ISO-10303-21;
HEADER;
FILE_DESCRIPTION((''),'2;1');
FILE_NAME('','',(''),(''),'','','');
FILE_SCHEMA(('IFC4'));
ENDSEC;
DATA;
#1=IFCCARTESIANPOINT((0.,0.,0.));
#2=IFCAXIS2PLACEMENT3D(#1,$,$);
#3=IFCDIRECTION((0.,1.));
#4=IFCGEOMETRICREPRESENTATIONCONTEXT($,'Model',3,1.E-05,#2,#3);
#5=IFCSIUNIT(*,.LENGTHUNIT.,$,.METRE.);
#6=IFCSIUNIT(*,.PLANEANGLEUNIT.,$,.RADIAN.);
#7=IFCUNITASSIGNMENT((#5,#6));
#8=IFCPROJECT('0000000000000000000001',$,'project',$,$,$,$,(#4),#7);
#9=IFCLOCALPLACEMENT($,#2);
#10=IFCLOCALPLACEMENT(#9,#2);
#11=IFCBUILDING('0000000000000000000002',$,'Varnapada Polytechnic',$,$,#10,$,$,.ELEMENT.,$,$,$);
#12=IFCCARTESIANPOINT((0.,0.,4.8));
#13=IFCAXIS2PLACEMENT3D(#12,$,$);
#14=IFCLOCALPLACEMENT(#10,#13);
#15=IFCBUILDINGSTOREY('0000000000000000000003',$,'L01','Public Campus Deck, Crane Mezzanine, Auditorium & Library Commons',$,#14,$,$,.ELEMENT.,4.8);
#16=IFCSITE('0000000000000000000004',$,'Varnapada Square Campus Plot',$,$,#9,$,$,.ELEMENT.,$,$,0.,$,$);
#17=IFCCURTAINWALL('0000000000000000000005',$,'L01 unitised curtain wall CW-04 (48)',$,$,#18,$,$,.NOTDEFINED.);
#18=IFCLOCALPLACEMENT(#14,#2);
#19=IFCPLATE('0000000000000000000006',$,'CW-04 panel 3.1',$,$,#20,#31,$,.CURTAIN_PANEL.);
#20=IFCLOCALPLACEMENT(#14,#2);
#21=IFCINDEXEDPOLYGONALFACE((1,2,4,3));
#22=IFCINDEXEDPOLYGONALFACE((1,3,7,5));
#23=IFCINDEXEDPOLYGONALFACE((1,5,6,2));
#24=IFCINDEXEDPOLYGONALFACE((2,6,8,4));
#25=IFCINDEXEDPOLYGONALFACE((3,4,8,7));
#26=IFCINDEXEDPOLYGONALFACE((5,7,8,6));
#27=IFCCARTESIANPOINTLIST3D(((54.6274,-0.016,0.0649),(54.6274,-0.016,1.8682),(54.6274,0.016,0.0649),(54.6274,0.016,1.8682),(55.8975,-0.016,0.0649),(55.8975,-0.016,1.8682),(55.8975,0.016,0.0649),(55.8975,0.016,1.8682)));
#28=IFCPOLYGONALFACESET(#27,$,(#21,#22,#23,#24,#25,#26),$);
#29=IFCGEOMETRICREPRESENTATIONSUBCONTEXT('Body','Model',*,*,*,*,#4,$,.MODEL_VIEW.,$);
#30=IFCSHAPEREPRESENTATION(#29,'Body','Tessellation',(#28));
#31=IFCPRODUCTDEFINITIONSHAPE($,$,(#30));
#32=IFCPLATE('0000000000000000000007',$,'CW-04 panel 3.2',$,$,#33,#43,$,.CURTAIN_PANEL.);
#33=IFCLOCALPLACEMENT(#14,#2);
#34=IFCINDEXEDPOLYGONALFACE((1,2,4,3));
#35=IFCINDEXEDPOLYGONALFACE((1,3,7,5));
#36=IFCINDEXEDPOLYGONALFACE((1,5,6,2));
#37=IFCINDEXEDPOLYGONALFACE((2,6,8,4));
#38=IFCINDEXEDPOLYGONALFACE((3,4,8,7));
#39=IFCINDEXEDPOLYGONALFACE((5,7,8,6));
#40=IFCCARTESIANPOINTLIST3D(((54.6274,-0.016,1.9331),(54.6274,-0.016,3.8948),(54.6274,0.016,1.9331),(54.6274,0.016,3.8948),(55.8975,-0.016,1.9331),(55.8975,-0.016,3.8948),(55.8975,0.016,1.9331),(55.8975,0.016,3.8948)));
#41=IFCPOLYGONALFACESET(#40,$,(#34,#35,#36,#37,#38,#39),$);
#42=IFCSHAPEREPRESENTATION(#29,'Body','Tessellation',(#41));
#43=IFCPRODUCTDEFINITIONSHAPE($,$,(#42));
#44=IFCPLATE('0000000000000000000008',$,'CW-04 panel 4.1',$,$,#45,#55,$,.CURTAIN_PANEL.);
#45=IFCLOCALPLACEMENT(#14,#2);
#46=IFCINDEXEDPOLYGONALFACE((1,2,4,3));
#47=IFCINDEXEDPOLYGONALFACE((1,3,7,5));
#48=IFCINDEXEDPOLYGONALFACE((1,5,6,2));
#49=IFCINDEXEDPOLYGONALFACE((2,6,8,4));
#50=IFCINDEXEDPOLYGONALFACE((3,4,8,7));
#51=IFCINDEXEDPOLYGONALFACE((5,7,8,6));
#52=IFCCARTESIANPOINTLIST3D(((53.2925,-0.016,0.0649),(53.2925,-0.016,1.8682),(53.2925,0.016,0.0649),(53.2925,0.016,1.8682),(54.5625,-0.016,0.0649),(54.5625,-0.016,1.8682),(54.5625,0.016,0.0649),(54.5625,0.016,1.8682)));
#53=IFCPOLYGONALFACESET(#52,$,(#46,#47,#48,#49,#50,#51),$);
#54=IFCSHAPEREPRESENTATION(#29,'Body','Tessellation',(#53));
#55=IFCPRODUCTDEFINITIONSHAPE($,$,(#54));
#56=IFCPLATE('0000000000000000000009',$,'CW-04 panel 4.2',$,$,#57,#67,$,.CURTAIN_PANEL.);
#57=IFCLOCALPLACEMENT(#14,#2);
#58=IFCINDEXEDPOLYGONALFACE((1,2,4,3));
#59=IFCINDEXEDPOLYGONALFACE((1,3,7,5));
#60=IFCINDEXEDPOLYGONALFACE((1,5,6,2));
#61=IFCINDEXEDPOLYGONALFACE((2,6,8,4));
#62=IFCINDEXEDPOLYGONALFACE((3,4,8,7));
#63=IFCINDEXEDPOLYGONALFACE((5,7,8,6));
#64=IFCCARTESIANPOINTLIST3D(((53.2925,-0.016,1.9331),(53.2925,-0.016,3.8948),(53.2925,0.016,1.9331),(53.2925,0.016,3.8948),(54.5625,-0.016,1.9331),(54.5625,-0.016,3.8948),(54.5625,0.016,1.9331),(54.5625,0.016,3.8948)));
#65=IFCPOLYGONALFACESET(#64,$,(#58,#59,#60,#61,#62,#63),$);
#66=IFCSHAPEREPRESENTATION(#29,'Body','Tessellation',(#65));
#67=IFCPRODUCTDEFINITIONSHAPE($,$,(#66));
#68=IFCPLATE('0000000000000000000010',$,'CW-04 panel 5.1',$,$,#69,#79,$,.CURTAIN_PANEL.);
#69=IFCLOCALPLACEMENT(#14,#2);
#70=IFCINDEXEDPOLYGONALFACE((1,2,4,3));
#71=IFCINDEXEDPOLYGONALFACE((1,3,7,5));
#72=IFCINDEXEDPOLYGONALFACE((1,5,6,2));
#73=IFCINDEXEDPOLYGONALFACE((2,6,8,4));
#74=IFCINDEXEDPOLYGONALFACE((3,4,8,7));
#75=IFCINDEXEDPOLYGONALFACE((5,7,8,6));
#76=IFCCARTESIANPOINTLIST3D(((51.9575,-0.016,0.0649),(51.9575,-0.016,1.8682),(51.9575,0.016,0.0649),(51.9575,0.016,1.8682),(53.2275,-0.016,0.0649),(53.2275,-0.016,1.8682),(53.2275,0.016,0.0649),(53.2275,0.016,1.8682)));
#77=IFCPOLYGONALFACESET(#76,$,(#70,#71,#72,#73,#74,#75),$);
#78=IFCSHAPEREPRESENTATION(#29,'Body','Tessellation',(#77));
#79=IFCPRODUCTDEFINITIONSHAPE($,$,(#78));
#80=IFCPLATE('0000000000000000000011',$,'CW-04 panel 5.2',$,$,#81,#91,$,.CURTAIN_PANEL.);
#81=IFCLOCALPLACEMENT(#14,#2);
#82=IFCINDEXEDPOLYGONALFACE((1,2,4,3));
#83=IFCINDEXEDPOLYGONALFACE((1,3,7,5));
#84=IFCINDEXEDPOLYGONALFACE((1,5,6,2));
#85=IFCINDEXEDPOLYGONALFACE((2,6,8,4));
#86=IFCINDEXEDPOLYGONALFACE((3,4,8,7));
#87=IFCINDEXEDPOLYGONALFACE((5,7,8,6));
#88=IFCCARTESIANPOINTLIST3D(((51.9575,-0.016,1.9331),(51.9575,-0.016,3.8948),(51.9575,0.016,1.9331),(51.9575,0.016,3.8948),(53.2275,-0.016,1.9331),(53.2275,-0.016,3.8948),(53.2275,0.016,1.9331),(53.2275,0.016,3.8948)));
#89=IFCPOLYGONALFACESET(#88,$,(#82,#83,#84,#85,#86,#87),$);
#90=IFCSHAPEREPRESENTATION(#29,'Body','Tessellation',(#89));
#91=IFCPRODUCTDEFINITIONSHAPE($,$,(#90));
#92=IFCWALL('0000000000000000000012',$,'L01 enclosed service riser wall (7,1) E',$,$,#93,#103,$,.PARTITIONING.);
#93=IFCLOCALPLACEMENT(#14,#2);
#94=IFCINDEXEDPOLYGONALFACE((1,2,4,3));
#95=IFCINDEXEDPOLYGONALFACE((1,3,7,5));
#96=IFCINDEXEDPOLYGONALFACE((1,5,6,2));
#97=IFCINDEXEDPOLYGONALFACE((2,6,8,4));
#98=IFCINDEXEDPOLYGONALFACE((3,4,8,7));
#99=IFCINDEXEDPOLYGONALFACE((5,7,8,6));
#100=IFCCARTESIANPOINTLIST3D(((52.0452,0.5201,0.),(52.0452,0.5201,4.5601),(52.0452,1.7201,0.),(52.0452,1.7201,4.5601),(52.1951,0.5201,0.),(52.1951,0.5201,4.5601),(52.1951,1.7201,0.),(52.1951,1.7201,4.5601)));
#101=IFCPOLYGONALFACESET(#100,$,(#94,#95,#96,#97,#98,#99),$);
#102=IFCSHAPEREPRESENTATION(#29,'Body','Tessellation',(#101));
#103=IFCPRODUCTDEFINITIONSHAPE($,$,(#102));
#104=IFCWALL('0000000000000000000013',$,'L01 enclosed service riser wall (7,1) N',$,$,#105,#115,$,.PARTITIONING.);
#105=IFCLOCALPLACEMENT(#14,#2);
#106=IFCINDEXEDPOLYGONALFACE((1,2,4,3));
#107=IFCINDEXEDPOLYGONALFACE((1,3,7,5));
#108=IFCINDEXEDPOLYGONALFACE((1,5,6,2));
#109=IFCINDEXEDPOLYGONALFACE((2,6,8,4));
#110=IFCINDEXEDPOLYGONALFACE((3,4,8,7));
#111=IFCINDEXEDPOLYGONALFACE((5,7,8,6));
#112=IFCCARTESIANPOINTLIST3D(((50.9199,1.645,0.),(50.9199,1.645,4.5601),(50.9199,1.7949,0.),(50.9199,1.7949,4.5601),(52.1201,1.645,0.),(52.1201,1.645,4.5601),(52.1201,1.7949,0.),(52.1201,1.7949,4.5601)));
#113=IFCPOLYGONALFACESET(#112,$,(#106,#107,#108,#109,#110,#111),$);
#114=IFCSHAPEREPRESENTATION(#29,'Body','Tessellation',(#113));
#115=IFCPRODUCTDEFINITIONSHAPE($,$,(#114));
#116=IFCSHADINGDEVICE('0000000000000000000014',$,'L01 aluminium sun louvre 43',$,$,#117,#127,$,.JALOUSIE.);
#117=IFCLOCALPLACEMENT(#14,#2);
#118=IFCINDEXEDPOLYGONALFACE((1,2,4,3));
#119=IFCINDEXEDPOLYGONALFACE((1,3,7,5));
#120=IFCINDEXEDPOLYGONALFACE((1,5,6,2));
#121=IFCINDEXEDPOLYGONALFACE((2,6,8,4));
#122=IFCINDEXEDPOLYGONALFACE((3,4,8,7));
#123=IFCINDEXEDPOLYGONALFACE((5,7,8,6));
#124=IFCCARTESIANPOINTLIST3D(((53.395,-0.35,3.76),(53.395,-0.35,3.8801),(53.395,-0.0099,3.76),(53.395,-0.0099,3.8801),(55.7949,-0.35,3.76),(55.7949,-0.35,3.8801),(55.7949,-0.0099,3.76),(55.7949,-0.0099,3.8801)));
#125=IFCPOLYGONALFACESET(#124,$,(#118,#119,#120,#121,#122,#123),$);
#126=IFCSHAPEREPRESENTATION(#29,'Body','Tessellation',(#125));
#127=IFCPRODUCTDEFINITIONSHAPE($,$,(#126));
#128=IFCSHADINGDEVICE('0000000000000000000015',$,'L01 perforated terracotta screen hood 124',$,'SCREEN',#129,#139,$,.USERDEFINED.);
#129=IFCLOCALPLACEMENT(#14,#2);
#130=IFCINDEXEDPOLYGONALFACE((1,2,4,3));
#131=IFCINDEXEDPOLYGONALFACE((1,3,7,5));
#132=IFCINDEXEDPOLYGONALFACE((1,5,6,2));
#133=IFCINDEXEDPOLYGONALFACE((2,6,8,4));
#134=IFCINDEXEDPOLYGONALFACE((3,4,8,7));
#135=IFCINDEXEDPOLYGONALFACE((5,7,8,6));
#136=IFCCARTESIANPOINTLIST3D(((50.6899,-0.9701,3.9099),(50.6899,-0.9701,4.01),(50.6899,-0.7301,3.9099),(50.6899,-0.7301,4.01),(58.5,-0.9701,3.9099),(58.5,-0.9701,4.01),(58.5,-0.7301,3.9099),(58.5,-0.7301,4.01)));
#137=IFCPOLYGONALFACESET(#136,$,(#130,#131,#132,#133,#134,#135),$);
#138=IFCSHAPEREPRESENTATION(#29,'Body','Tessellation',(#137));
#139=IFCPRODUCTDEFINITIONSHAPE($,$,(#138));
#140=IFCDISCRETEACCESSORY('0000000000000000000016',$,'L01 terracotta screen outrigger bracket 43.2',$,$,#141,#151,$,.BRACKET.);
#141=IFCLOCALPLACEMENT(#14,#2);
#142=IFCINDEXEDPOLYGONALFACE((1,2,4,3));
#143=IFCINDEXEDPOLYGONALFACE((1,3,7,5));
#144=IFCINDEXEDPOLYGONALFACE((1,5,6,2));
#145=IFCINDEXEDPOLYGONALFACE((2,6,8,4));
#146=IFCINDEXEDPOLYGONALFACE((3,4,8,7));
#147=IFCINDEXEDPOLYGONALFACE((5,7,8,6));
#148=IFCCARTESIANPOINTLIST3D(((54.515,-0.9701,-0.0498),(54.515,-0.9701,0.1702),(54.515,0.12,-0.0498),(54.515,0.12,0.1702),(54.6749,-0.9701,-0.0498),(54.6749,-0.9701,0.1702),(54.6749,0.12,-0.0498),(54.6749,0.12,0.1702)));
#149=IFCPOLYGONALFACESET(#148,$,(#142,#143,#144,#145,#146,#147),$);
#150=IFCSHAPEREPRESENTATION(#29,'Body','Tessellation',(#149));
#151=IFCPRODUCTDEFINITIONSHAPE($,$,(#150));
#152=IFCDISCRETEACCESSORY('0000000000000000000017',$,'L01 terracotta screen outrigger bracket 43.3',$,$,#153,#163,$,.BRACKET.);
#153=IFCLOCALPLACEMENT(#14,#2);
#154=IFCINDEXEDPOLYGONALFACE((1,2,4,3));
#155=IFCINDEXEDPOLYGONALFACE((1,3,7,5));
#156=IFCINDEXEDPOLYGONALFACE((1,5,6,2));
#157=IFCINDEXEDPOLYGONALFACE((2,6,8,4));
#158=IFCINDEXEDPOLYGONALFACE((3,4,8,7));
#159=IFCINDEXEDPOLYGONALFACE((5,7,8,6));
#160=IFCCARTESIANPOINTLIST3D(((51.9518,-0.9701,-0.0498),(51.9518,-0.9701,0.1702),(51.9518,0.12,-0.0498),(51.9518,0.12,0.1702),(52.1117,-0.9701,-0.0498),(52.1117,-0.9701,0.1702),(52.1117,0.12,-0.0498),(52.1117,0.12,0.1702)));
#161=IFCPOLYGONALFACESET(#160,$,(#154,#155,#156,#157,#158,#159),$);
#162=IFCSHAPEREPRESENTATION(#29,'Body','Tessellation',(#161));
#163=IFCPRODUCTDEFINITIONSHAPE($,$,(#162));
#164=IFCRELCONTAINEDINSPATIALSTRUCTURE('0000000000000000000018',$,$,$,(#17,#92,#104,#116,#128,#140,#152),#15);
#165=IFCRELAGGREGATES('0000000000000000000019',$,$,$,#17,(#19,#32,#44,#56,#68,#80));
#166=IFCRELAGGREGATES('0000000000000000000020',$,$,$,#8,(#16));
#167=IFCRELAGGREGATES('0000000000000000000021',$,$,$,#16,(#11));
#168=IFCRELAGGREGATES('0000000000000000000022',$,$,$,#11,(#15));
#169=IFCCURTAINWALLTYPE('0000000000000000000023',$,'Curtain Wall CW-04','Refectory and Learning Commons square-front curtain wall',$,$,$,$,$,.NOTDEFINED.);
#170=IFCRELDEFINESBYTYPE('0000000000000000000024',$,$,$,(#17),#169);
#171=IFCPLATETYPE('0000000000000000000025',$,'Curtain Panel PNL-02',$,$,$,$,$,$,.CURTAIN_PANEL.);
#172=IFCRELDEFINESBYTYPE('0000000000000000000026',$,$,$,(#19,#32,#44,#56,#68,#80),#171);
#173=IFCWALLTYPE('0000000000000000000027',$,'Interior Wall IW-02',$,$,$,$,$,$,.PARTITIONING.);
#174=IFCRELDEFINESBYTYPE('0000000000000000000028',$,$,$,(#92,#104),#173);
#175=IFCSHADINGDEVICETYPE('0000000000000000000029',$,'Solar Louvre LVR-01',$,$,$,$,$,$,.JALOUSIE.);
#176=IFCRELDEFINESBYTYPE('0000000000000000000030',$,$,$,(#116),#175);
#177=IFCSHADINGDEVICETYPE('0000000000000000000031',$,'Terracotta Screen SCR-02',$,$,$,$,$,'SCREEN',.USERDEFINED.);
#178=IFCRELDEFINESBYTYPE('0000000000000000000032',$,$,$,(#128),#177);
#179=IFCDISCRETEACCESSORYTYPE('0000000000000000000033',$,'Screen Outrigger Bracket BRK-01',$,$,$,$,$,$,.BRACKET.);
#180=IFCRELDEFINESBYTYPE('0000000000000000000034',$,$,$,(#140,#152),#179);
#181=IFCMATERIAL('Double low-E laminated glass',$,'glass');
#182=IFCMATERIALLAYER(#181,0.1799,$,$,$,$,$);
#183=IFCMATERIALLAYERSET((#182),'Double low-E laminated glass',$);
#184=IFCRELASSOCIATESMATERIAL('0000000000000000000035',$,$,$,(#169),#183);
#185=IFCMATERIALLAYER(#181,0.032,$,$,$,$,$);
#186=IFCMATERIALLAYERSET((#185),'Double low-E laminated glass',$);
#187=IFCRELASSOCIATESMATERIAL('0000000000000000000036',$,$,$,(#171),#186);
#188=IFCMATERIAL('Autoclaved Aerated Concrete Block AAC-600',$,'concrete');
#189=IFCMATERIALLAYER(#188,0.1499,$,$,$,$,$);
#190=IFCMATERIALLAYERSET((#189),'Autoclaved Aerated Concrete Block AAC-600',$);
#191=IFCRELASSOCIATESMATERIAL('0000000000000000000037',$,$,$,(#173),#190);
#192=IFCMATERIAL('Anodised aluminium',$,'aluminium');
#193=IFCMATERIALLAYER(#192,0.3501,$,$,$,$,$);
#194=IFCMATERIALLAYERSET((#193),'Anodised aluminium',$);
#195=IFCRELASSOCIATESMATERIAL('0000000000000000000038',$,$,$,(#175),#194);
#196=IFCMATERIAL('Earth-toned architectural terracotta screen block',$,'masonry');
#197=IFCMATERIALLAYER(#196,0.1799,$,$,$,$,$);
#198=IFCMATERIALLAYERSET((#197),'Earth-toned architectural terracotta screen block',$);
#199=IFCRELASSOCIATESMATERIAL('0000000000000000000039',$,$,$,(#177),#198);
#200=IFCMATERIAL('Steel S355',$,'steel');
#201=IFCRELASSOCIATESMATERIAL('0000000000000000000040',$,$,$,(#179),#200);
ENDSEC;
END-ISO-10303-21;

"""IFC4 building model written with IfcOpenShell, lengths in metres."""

from ifc_helpers import new_model, si_unit, direction, frame, frame_2d, origin, origin_2d, place, context, subcontext, project, spatial, rectangle, extrude, material, layer, layer_set, type_object, element, aggregate, save


model = new_model("IFC4")

# Units and contexts
model_context = context("Model", 3, precision=1e-05, world=origin(), true_north=direction((0.0, 1.0)))
body_context = subcontext(model_context, "Body", "Model", "MODEL_VIEW")
ifc_project = project(units=[si_unit("LENGTHUNIT", "METRE"), si_unit("PLANEANGLEUNIT", "RADIAN")], contexts=[model_context])

# Site, building, storey
site_placement = place(None, origin())
site = spatial("IfcSite", under=ifc_project, at=site_placement, Name="Varnapada Square Campus Plot", CompositionType="ELEMENT", RefElevation=0.0)
building_placement = place(site_placement, origin())
building = spatial("IfcBuilding", under=site, at=building_placement, Name="Varnapada Polytechnic", CompositionType="ELEMENT")
storey_placement = place(building_placement, frame((0.0, 0.0, 4.8)))
storey = spatial("IfcBuildingStorey", under=building, at=storey_placement, Name="L01", Description="Public Campus Deck, Crane Mezzanine, Auditorium & Library Commons", CompositionType="ELEMENT", Elevation=4.8)

# Curtain wall, plates
ifc_material_1 = material(Name="Double low-E laminated glass", Category="glass")
ifc_layer_1 = layer(ifc_material_1, 0.1799)
ifc_layer_set_1 = layer_set([ifc_layer_1], Name="Double low-E laminated glass")
curtain_wall_type = type_object("IfcCurtainWallType", Name="Curtain Wall CW-04", Description="Refectory and Learning Commons square-front curtain wall", PredefinedType="NOTDEFINED", material=ifc_layer_set_1)
curtain_wall_placement = place(storey_placement, origin())
curtain_wall = element("IfcCurtainWall", 1, at=curtain_wall_placement, inside=storey, type_object=curtain_wall_type, Name="L01 unitised curtain wall CW-04 (48)", PredefinedType="NOTDEFINED")
ifc_material_2 = material(Name="Anodised aluminium", Category="aluminium")
ifc_layer_2 = layer(ifc_material_1, 0.032)
ifc_layer_set_2 = layer_set([ifc_layer_2], Name="Double low-E laminated glass")
plate_type = type_object("IfcPlateType", Name="Curtain Panel PNL-02", PredefinedType="CURTAIN_PANEL", material=ifc_layer_set_2)
plate_1_placement = place(storey_placement, frame((55.2625, 0.0, 0.0649), z_axis=(0.0, 0.0, 1.0), x_axis=(-1.0, 0.0, 0.0)))
plate_1 = element("IfcPlate", 2, at=plate_1_placement, type_object=plate_type, Name="CW-04 panel 3.1", PredefinedType="CURTAIN_PANEL", context=body_context, shape_type="SweptSolid", body=[
    extrude(rectangle(XDim=1.27, YDim=0.032, at=origin_2d()), origin(), (0.0, 0.0, 1.0), 1.8032),
])
plate_2_placement = place(storey_placement, frame((55.2625, 0.0, 1.9331), z_axis=(0.0, 0.0, 1.0), x_axis=(-1.0, 0.0, 0.0)))
plate_2 = element("IfcPlate", 3, at=plate_2_placement, type_object=plate_type, Name="CW-04 panel 3.2", PredefinedType="CURTAIN_PANEL", context=body_context, shape_type="SweptSolid", body=[
    extrude(rectangle(XDim=1.27, YDim=0.032, at=origin_2d()), origin(), (0.0, 0.0, 1.0), 1.9617),
])
plate_3_placement = place(storey_placement, frame((53.9275, 0.0, 0.0649), z_axis=(0.0, 0.0, 1.0), x_axis=(-1.0, 0.0, 0.0)))
plate_3 = element("IfcPlate", 4, at=plate_3_placement, type_object=plate_type, Name="CW-04 panel 4.1", PredefinedType="CURTAIN_PANEL", context=body_context, shape_type="SweptSolid", body=[
    extrude(rectangle(XDim=1.27, YDim=0.032, at=origin_2d()), origin(), (0.0, 0.0, 1.0), 1.8032),
])
plate_4_placement = place(storey_placement, frame((53.9275, 0.0, 1.9331), z_axis=(0.0, 0.0, 1.0), x_axis=(-1.0, 0.0, 0.0)))
plate_4 = element("IfcPlate", 5, at=plate_4_placement, type_object=plate_type, Name="CW-04 panel 4.2", PredefinedType="CURTAIN_PANEL", context=body_context, shape_type="SweptSolid", body=[
    extrude(rectangle(XDim=1.27, YDim=0.032, at=origin_2d()), origin(), (0.0, 0.0, 1.0), 1.9617),
])
plate_5_placement = place(storey_placement, frame((52.5925, 0.0, 0.0649), z_axis=(0.0, 0.0, 1.0), x_axis=(-1.0, 0.0, 0.0)))
plate_5 = element("IfcPlate", 6, at=plate_5_placement, type_object=plate_type, Name="CW-04 panel 5.1", PredefinedType="CURTAIN_PANEL", context=body_context, shape_type="SweptSolid", body=[
    extrude(rectangle(XDim=1.27, YDim=0.032, at=origin_2d()), origin(), (0.0, 0.0, 1.0), 1.8032),
])
plate_6_placement = place(storey_placement, frame((52.5925, 0.0, 1.9331), z_axis=(0.0, 0.0, 1.0), x_axis=(-1.0, 0.0, 0.0)))
plate_6 = element("IfcPlate", 7, at=plate_6_placement, type_object=plate_type, Name="CW-04 panel 5.2", PredefinedType="CURTAIN_PANEL", context=body_context, shape_type="SweptSolid", body=[
    extrude(rectangle(XDim=1.27, YDim=0.032, at=origin_2d()), origin(), (0.0, 0.0, 1.0), 1.9617),
])
aggregate(curtain_wall, [plate_1, plate_2, plate_3, plate_4, plate_5, plate_6])

# Walls
ifc_material_3 = material(Name="Autoclaved Aerated Concrete Block AAC-600", Category="concrete")
ifc_layer_3 = layer(ifc_material_3, 0.1499)
ifc_layer_set_3 = layer_set([ifc_layer_3], Name="Autoclaved Aerated Concrete Block AAC-600")
wall_type = type_object("IfcWallType", Name="Interior Wall IW-02", PredefinedType="PARTITIONING", material=ifc_layer_set_3)
wall_1_placement = place(storey_placement, frame((52.1201, 0.52, 0.0), z_axis=(0.0, 0.0, 1.0), x_axis=(0.0, 1.0, 0.0)))
element("IfcWall", 8, at=wall_1_placement, inside=storey, type_object=wall_type, Name="L01 enclosed service riser wall (7,1) E", PredefinedType="PARTITIONING", context=body_context, shape_type="SweptSolid", body=[
    extrude(rectangle(XDim=1.2, YDim=0.1499, at=frame_2d((0.6001, 0.0))), origin(), (0.0, 0.0, 1.0), 4.5601),
])
wall_2_placement = place(storey_placement, frame((52.1201, 1.72, 0.0), z_axis=(0.0, 0.0, 1.0), x_axis=(-1.0, 0.0, 0.0)))
element("IfcWall", 9, at=wall_2_placement, inside=storey, type_object=wall_type, Name="L01 enclosed service riser wall (7,1) N", PredefinedType="PARTITIONING", context=body_context, shape_type="SweptSolid", body=[
    extrude(rectangle(XDim=1.2002, YDim=0.1499, at=frame_2d((0.6001, 0.0))), origin(), (0.0, 0.0, 1.0), 4.5601),
])

# Shading devices
ifc_layer_4 = layer(ifc_material_2, 0.3501)
ifc_layer_set_4 = layer_set([ifc_layer_4], Name="Anodised aluminium")
shading_device_type_1 = type_object("IfcShadingDeviceType", Name="Solar Louvre LVR-01", PredefinedType="JALOUSIE", material=ifc_layer_set_4)
shading_device_1_placement = place(storey_placement, frame((54.595, -0.1799, 3.76), z_axis=(0.0, 0.0, 1.0), x_axis=(-1.0, 0.0, 0.0)))
element("IfcShadingDevice", 10, at=shading_device_1_placement, inside=storey, type_object=shading_device_type_1, Name="L01 aluminium sun louvre 43", PredefinedType="JALOUSIE", context=body_context, shape_type="SweptSolid", body=[
    extrude(rectangle(XDim=2.3999, YDim=0.3401, at=origin_2d()), origin(), (0.0, 0.0, 1.0), 0.1201),
])
ifc_material_4 = material(Name="Earth-toned architectural terracotta screen block", Category="masonry")
ifc_layer_5 = layer(ifc_material_4, 0.1799)
ifc_layer_set_5 = layer_set([ifc_layer_5], Name="Earth-toned architectural terracotta screen block")
shading_device_type_2 = type_object("IfcShadingDeviceType", Name="Terracotta Screen SCR-02", ElementType="SCREEN", PredefinedType="USERDEFINED", material=ifc_layer_set_5)
shading_device_2_placement = place(storey_placement, frame((54.595, -0.8501, 3.9099), z_axis=(0.0, 0.0, 1.0), x_axis=(-1.0, 0.0, 0.0)))
element("IfcShadingDevice", 11, at=shading_device_2_placement, inside=storey, type_object=shading_device_type_2, Name="L01 perforated terracotta screen hood 124", ObjectType="SCREEN", PredefinedType="USERDEFINED", context=body_context, shape_type="SweptSolid", body=[
    extrude(rectangle(XDim=7.8101, YDim=0.24, at=origin_2d()), origin(), (0.0, 0.0, 1.0), 0.1001),
])

# Discrete accessories
ifc_material_5 = material(Name="Steel S355", Category="steel")
discrete_accessory_type = type_object("IfcDiscreteAccessoryType", Name="Screen Outrigger Bracket BRK-01", PredefinedType="BRACKET", material=ifc_material_5)
for number, where, z_axis, x_axis, name in (
    (12, (54.595, -0.425, -0.0498), (0.0, 0.0, 1.0), (-1.0, 0.0, 0.0), "L01 terracotta screen outrigger bracket 43.2"),
    (13, (52.0317, -0.425, -0.0498), (0.0, 0.0, 1.0), (-1.0, 0.0, 0.0), "L01 terracotta screen outrigger bracket 43.3"),
):
    element("IfcDiscreteAccessory", number, at=place(storey_placement, frame(where, z_axis=z_axis, x_axis=x_axis)), inside=storey, type_object=discrete_accessory_type, Name=name, PredefinedType="BRACKET", context=body_context, shape_type="SweptSolid", body=[
        extrude(rectangle(XDim=0.1599, YDim=1.0901, at=origin_2d()), origin(), (0.0, 0.0, 1.0), 0.22),
    ])

save(model, "model.ifc")
